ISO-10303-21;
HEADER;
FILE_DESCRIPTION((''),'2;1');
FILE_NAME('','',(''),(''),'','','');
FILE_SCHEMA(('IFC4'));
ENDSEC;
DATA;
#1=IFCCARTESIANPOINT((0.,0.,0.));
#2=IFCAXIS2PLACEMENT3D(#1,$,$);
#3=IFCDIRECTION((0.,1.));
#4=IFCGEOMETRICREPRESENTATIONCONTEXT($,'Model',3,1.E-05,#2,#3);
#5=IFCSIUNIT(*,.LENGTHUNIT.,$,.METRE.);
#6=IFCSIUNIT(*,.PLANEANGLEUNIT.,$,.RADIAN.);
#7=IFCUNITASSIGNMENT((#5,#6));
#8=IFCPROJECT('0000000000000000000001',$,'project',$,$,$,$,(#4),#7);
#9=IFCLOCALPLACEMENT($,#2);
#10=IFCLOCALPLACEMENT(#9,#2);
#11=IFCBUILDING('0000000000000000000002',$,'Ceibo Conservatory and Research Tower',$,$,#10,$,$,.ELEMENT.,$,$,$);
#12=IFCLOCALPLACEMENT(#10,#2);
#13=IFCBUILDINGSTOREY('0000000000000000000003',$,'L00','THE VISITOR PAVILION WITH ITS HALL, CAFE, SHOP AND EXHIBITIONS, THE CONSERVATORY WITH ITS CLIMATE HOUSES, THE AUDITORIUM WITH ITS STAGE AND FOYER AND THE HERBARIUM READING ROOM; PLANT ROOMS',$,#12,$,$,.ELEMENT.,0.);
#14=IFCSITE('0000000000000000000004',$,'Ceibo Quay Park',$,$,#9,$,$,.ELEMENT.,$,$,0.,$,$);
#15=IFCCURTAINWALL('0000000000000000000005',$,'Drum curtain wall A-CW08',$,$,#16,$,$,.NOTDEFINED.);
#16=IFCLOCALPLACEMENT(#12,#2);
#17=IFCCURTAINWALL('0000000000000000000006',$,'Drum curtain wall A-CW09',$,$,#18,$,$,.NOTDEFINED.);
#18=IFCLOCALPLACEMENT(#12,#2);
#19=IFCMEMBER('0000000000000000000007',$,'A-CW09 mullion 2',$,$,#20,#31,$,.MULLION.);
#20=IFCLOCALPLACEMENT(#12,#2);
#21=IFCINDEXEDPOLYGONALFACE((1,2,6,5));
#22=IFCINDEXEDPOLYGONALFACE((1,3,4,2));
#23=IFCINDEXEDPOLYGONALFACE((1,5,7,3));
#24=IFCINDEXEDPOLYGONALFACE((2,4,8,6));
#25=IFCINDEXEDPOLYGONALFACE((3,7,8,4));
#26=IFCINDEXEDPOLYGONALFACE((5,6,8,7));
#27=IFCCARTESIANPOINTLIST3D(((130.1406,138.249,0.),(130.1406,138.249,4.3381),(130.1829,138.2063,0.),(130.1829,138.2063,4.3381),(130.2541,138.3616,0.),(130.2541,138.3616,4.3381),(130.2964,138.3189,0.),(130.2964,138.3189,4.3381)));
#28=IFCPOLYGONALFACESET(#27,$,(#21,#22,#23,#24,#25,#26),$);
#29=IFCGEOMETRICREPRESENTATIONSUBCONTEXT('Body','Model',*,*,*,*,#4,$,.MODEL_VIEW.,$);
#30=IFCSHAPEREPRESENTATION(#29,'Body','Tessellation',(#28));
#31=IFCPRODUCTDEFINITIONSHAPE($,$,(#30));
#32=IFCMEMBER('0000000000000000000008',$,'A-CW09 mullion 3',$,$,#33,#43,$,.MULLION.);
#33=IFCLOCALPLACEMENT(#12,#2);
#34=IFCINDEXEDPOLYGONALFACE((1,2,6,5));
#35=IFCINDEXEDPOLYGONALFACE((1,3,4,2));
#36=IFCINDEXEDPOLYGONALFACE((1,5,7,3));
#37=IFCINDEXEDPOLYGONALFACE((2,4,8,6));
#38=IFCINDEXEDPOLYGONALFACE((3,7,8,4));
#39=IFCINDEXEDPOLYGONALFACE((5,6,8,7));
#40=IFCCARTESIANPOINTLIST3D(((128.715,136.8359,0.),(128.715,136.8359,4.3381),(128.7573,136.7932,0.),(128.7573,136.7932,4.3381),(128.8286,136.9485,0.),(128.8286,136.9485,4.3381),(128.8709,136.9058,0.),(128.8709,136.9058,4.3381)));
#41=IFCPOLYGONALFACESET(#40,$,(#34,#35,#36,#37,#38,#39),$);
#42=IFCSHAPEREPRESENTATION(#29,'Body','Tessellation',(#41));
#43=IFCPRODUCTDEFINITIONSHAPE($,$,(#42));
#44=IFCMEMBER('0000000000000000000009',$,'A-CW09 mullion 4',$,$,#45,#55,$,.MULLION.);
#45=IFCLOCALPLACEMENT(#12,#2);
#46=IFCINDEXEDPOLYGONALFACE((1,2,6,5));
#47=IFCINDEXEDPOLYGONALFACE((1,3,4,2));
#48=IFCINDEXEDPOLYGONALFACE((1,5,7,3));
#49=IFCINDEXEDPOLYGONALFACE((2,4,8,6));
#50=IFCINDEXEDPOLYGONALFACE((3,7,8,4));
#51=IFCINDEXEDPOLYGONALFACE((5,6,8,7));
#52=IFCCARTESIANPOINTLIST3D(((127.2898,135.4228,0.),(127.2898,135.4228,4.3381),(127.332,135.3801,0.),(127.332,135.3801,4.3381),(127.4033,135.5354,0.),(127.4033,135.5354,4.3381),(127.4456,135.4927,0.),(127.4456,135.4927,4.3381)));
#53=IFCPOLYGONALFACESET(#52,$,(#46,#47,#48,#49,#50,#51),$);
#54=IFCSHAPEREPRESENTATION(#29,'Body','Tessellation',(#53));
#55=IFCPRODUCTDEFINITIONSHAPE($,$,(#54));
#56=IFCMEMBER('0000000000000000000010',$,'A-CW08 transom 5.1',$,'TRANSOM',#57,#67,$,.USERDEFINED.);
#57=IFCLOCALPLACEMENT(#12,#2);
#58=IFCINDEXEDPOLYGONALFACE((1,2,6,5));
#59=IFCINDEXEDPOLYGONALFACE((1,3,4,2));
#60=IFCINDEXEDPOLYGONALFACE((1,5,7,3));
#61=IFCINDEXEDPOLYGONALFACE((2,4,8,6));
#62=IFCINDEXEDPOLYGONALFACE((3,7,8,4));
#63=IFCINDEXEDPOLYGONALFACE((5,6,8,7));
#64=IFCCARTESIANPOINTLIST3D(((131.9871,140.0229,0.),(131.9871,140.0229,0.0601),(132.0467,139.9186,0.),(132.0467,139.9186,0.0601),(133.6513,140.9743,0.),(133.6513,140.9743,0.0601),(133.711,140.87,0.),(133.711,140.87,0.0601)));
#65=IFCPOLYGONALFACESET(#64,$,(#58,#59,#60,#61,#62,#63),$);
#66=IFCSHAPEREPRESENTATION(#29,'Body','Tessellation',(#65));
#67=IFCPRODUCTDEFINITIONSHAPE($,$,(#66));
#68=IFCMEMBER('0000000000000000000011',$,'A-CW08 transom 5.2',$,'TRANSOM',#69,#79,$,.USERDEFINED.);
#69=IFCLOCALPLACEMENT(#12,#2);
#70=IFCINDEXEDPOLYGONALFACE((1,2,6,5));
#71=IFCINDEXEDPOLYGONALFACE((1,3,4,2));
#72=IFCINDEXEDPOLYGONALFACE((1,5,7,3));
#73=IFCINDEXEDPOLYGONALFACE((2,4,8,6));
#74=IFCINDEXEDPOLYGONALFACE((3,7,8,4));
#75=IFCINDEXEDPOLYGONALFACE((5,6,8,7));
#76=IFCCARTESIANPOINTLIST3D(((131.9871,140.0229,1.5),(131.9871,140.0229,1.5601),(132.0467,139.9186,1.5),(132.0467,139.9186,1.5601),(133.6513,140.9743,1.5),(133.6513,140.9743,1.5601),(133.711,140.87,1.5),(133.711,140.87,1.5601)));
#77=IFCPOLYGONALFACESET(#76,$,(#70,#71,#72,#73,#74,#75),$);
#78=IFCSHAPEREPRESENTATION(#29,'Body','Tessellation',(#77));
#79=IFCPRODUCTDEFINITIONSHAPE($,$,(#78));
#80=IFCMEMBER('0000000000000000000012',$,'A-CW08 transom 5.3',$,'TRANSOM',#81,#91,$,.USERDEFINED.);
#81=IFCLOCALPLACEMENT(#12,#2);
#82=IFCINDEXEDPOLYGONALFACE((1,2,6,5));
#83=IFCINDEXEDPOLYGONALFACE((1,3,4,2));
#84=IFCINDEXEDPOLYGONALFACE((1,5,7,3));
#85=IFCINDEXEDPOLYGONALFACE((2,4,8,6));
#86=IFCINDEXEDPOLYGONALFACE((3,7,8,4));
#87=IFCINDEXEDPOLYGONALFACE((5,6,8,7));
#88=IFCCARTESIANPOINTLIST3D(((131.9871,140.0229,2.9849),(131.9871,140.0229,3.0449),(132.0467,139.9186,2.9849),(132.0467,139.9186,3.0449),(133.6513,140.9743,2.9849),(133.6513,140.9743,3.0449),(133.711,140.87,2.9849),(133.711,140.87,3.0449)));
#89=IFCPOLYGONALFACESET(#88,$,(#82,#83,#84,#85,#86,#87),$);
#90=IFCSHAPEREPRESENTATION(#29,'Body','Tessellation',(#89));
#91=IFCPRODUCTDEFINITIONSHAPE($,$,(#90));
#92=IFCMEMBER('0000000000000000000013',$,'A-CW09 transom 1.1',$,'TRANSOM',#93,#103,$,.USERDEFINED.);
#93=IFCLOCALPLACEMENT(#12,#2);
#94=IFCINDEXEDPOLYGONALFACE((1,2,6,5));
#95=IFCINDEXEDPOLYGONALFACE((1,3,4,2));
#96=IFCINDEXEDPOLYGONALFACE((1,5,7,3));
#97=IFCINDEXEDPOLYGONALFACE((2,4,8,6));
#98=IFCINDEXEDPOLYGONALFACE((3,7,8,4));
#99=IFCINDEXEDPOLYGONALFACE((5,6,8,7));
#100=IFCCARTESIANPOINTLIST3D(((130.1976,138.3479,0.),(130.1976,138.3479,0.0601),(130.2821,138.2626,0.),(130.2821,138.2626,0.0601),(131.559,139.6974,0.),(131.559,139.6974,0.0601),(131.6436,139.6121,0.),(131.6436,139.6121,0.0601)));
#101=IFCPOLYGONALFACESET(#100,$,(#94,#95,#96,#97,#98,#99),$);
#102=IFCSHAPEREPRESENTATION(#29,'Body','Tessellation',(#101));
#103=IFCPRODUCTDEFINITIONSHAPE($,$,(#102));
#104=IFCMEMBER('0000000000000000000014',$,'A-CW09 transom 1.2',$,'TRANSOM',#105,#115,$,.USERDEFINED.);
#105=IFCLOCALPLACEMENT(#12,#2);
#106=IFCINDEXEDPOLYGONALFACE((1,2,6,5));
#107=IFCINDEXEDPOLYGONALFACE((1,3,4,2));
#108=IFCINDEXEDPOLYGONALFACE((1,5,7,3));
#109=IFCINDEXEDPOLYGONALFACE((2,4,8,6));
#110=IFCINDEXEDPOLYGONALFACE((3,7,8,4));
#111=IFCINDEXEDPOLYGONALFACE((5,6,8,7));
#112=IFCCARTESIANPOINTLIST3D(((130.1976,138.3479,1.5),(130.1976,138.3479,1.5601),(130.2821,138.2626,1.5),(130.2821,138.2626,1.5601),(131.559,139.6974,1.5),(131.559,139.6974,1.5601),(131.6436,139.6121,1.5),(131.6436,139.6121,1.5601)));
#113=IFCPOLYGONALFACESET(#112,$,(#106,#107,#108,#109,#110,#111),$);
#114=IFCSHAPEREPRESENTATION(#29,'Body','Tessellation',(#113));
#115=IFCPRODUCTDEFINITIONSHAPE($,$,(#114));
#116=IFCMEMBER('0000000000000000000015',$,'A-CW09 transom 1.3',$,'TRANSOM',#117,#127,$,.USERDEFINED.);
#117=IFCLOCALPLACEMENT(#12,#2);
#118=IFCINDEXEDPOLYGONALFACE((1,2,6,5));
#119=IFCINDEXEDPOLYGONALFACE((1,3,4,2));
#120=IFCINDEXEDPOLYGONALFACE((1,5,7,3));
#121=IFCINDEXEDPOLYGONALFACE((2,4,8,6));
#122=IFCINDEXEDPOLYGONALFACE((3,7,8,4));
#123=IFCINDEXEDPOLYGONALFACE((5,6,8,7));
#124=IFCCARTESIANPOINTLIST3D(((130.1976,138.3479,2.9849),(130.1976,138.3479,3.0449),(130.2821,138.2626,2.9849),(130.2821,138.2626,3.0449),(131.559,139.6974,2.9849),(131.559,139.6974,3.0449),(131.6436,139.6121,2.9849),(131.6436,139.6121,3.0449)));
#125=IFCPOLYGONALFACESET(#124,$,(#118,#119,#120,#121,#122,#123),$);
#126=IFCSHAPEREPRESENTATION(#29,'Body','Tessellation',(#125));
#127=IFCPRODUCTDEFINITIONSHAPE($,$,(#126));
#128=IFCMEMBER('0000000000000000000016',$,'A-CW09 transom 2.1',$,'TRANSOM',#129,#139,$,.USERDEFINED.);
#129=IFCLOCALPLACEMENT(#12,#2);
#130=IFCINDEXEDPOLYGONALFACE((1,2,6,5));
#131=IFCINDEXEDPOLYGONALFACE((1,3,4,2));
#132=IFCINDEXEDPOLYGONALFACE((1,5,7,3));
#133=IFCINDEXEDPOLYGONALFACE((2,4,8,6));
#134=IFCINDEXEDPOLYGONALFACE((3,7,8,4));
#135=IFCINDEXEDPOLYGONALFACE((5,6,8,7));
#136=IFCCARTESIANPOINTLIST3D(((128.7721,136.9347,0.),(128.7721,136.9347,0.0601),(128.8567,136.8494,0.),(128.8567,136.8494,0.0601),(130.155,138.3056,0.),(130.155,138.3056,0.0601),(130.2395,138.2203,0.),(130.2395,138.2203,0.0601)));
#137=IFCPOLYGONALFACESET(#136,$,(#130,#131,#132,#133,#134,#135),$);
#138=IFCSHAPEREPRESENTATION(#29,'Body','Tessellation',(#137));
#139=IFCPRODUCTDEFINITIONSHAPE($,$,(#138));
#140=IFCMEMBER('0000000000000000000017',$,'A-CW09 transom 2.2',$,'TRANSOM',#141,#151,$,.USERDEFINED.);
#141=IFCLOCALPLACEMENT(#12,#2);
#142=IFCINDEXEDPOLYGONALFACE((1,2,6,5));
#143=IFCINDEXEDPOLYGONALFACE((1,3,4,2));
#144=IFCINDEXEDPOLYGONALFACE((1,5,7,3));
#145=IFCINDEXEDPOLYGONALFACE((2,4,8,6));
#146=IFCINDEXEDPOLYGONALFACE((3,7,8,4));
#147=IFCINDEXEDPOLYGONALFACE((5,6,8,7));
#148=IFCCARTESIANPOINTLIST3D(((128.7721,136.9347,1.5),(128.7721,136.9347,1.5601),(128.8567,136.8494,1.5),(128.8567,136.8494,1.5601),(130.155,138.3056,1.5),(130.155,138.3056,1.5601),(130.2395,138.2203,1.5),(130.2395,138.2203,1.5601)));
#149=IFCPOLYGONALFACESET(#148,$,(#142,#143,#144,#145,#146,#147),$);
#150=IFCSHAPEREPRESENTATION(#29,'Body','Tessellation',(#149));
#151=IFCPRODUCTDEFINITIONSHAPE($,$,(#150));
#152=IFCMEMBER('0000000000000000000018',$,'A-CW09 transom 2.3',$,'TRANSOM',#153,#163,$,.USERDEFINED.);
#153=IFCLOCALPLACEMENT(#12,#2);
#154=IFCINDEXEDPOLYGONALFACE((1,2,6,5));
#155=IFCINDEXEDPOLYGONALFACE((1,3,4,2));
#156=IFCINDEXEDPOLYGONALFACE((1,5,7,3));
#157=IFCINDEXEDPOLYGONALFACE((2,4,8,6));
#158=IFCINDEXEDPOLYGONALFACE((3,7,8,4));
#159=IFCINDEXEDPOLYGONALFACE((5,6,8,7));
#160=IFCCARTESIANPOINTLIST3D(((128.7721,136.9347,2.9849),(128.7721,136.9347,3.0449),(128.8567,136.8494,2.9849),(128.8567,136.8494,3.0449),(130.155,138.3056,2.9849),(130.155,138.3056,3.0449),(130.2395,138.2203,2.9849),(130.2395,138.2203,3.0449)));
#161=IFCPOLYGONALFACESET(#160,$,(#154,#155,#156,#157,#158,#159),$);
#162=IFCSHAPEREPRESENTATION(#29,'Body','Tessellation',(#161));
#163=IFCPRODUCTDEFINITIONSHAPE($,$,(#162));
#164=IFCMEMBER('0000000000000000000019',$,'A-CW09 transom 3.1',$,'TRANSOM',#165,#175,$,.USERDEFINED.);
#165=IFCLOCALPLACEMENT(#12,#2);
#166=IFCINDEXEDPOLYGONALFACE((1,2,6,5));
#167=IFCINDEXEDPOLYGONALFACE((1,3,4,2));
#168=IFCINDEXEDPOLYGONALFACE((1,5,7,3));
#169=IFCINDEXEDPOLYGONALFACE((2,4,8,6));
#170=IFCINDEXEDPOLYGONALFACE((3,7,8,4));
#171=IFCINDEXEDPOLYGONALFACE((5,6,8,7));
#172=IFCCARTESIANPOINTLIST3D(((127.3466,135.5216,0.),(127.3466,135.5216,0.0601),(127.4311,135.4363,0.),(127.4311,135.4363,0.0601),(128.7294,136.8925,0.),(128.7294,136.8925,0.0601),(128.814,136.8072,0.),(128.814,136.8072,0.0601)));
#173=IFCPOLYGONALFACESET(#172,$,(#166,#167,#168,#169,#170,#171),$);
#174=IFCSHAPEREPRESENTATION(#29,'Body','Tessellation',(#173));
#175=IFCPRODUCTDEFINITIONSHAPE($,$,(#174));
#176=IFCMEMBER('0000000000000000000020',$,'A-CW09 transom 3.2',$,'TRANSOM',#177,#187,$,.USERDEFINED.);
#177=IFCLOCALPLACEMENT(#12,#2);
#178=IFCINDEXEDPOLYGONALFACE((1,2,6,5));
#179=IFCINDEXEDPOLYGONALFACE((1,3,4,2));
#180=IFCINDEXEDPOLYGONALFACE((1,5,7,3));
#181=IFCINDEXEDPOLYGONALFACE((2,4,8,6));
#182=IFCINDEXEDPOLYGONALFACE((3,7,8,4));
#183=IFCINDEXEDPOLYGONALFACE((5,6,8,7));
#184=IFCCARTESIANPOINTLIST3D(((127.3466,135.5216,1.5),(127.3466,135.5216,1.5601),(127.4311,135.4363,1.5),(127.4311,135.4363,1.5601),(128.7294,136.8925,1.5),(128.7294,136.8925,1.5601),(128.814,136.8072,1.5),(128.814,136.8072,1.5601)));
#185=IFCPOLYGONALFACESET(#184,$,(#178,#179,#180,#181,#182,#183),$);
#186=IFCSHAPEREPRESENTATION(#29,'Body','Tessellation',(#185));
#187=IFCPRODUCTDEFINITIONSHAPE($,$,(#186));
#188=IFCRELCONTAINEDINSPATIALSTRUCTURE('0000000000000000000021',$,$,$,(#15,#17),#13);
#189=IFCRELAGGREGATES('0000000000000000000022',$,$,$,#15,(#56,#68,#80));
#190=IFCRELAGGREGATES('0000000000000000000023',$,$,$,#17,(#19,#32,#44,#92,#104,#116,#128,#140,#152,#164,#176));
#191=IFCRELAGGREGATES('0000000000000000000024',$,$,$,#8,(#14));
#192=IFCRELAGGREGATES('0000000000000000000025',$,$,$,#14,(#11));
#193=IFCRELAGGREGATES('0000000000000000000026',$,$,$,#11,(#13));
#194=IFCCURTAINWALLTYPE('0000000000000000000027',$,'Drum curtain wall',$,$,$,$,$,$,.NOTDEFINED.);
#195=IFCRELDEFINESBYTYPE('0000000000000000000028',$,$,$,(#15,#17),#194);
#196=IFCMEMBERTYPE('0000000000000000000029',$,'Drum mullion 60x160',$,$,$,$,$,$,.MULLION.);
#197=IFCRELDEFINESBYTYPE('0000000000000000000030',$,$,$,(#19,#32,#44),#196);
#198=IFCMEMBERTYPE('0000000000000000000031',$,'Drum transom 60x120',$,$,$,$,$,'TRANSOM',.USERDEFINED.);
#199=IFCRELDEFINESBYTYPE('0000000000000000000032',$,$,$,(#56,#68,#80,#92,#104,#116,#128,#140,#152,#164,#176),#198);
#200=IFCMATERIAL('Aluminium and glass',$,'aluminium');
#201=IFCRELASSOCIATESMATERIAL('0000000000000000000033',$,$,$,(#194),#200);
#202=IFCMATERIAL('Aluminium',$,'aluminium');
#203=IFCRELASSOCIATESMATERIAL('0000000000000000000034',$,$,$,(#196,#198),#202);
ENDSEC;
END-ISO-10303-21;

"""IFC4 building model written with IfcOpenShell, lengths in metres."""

from ifc_helpers import new_model, si_unit, direction, frame, origin, origin_2d, place, context, subcontext, project, spatial, rectangle, extrude, material, material_profile, profile_set, type_object, element, aggregate, save


model = new_model("IFC4")

# Units and contexts
model_context = context("Model", 3, precision=1e-05, world=origin(), true_north=direction((0.0, 1.0)))
body_context = subcontext(model_context, "Body", "Model", "MODEL_VIEW")
ifc_project = project(units=[si_unit("LENGTHUNIT", "METRE"), si_unit("PLANEANGLEUNIT", "RADIAN")], contexts=[model_context])

# Site, building, storey
site_placement = place(None, origin())
site = spatial("IfcSite", under=ifc_project, at=site_placement, Name="Ceibo Quay Park", CompositionType="ELEMENT", RefElevation=0.0)
building_placement = place(site_placement, origin())
building = spatial("IfcBuilding", under=site, at=building_placement, Name="Ceibo Conservatory and Research Tower", CompositionType="ELEMENT")
storey_placement = place(building_placement, origin())
storey = spatial("IfcBuildingStorey", under=building, at=storey_placement, Name="L00", Description="THE VISITOR PAVILION WITH ITS HALL, CAFE, SHOP AND EXHIBITIONS, THE CONSERVATORY WITH ITS CLIMATE HOUSES, THE AUDITORIUM WITH ITS STAGE AND FOYER AND THE HERBARIUM READING ROOM; PLANT ROOMS", CompositionType="ELEMENT", Elevation=0.0)

# Curtain walls, members
ifc_material_1 = material(Name="Aluminium and glass", Category="aluminium")
curtain_wall_type = type_object("IfcCurtainWallType", Name="Drum curtain wall", PredefinedType="NOTDEFINED", material=ifc_material_1)
curtain_wall_1_placement = place(storey_placement, origin())
curtain_wall_1 = element("IfcCurtainWall", 1, at=curtain_wall_1_placement, inside=storey, type_object=curtain_wall_type, Name="Drum curtain wall A-CW08", PredefinedType="NOTDEFINED")
ifc_material_2 = material(Name="Aluminium", Category="aluminium")
ifc_material_profile_1 = material_profile(ifc_material_2, rectangle(XDim=0.0601, YDim=0.1599, at=origin_2d()), Name="AL 60x160")
ifc_profile_set_1 = profile_set([ifc_material_profile_1], Name="Aluminium")
member_type_1 = type_object("IfcMemberType", Name="Drum mullion 60x160", PredefinedType="MULLION", material=ifc_profile_set_1)
curtain_wall_2_placement = place(storey_placement, origin())
curtain_wall_2 = element("IfcCurtainWall", 2, at=curtain_wall_2_placement, inside=storey, type_object=curtain_wall_type, Name="Drum curtain wall A-CW09", PredefinedType="NOTDEFINED")
member_1_placement = place(storey_placement, frame((130.2185, 138.2839, 0.0), z_axis=(0.0, 0.0, 1.0), x_axis=(0.704015, -0.710185, 0.0)))
member_1 = element("IfcMember", 3, at=member_1_placement, type_object=member_type_1, Name="A-CW09 mullion 2", PredefinedType="MULLION", context=body_context, shape_type="SweptSolid", body=[
    extrude(rectangle(XDim=0.0601, YDim=0.1599, at=origin_2d()), origin(), (0.0, 0.0, 1.0), 4.3381),
])
member_2_placement = place(storey_placement, frame((128.793, 136.8708, 0.0), z_axis=(0.0, 0.0, 1.0), x_axis=(0.704015, -0.710185, 0.0)))
member_2 = element("IfcMember", 4, at=member_2_placement, type_object=member_type_1, Name="A-CW09 mullion 3", PredefinedType="MULLION", context=body_context, shape_type="SweptSolid", body=[
    extrude(rectangle(XDim=0.0601, YDim=0.1599, at=origin_2d()), origin(), (0.0, 0.0, 1.0), 4.3381),
])
member_3_placement = place(storey_placement, frame((127.3677, 135.4578, 0.0), z_axis=(0.0, 0.0, 1.0), x_axis=(0.704015, -0.710185, 0.0)))
member_3 = element("IfcMember", 5, at=member_3_placement, type_object=member_type_1, Name="A-CW09 mullion 4", PredefinedType="MULLION", context=body_context, shape_type="SweptSolid", body=[
    extrude(rectangle(XDim=0.0601, YDim=0.1599, at=origin_2d()), origin(), (0.0, 0.0, 1.0), 4.3381),
])

# Members
ifc_material_profile_2 = material_profile(ifc_material_2, rectangle(XDim=0.1201, YDim=0.0601, at=origin_2d()), Name="AL 60x120")
ifc_profile_set_2 = profile_set([ifc_material_profile_2], Name="Aluminium")
member_type_2 = type_object("IfcMemberType", Name="Drum transom 60x120", ElementType="TRANSOM", PredefinedType="USERDEFINED", material=ifc_profile_set_2)
member_4_placement = place(storey_placement, frame((133.6812, 140.9221, 0.03), z_axis=(-0.868157, -0.49629, 0.0), x_axis=(0.49629, -0.868157, 0.0)))
member_4 = element("IfcMember", 6, at=member_4_placement, type_object=member_type_2, Name="A-CW08 transom 5.1", ObjectType="TRANSOM", PredefinedType="USERDEFINED", context=body_context, shape_type="SweptSolid", body=[
    extrude(rectangle(XDim=0.1201, YDim=0.0601, at=origin_2d()), origin(), (0.0, 0.0, 1.0), 1.917),
])
member_5_placement = place(storey_placement, frame((133.6812, 140.9221, 1.53), z_axis=(-0.868157, -0.49629, 0.0), x_axis=(0.49629, -0.868157, 0.0)))
member_5 = element("IfcMember", 7, at=member_5_placement, type_object=member_type_2, Name="A-CW08 transom 5.2", ObjectType="TRANSOM", PredefinedType="USERDEFINED", context=body_context, shape_type="SweptSolid", body=[
    extrude(rectangle(XDim=0.1201, YDim=0.0601, at=origin_2d()), origin(), (0.0, 0.0, 1.0), 1.917),
])
member_6_placement = place(storey_placement, frame((133.6812, 140.9221, 3.0149), z_axis=(-0.868157, -0.49629, 0.0), x_axis=(0.49629, -0.868157, 0.0)))
member_6 = element("IfcMember", 8, at=member_6_placement, type_object=member_type_2, Name="A-CW08 transom 5.3", ObjectType="TRANSOM", PredefinedType="USERDEFINED", context=body_context, shape_type="SweptSolid", body=[
    extrude(rectangle(XDim=0.1201, YDim=0.0601, at=origin_2d()), origin(), (0.0, 0.0, 1.0), 1.917),
])
member_7_placement = place(storey_placement, frame((131.6013, 139.6548, 0.03), z_axis=(-0.71022, -0.70398, 0.0), x_axis=(0.70398, -0.71022, 0.0)))
member_7 = element("IfcMember", 9, at=member_7_placement, type_object=member_type_2, Name="A-CW09 transom 1.1", ObjectType="TRANSOM", PredefinedType="USERDEFINED", context=body_context, shape_type="SweptSolid", body=[
    extrude(rectangle(XDim=0.1201, YDim=0.0601, at=origin_2d()), origin(), (0.0, 0.0, 1.0), 1.917),
])
member_8_placement = place(storey_placement, frame((131.6013, 139.6548, 1.53), z_axis=(-0.71022, -0.70398, 0.0), x_axis=(0.70398, -0.71022, 0.0)))
member_8 = element("IfcMember", 10, at=member_8_placement, type_object=member_type_2, Name="A-CW09 transom 1.2", ObjectType="TRANSOM", PredefinedType="USERDEFINED", context=body_context, shape_type="SweptSolid", body=[
    extrude(rectangle(XDim=0.1201, YDim=0.0601, at=origin_2d()), origin(), (0.0, 0.0, 1.0), 1.917),
])
member_9_placement = place(storey_placement, frame((131.6013, 139.6548, 3.0149), z_axis=(-0.71022, -0.70398, 0.0), x_axis=(0.70398, -0.71022, 0.0)))
member_9 = element("IfcMember", 11, at=member_9_placement, type_object=member_type_2, Name="A-CW09 transom 1.3", ObjectType="TRANSOM", PredefinedType="USERDEFINED", context=body_context, shape_type="SweptSolid", body=[
    extrude(rectangle(XDim=0.1201, YDim=0.0601, at=origin_2d()), origin(), (0.0, 0.0, 1.0), 1.917),
])
member_10_placement = place(storey_placement, frame((130.1973, 138.2629, 0.03), z_axis=(-0.710172, -0.704028, 0.0), x_axis=(0.704028, -0.710172, 0.0)))
member_10 = element("IfcMember", 12, at=member_10_placement, type_object=member_type_2, Name="A-CW09 transom 2.1", ObjectType="TRANSOM", PredefinedType="USERDEFINED", context=body_context, shape_type="SweptSolid", body=[
    extrude(rectangle(XDim=0.1201, YDim=0.0601, at=origin_2d()), origin(), (0.0, 0.0, 1.0), 1.9473),
])
member_11_placement = place(storey_placement, frame((130.1973, 138.2629, 1.53), z_axis=(-0.710172, -0.704028, 0.0), x_axis=(0.704028, -0.710172, 0.0)))
member_11 = element("IfcMember", 13, at=member_11_placement, type_object=member_type_2, Name="A-CW09 transom 2.2", ObjectType="TRANSOM", PredefinedType="USERDEFINED", context=body_context, shape_type="SweptSolid", body=[
    extrude(rectangle(XDim=0.1201, YDim=0.0601, at=origin_2d()), origin(), (0.0, 0.0, 1.0), 1.9473),
])
member_12_placement = place(storey_placement, frame((130.1973, 138.2629, 3.0149), z_axis=(-0.710172, -0.704028, 0.0), x_axis=(0.704028, -0.710172, 0.0)))
member_12 = element("IfcMember", 14, at=member_12_placement, type_object=member_type_2, Name="A-CW09 transom 2.3", ObjectType="TRANSOM", PredefinedType="USERDEFINED", context=body_context, shape_type="SweptSolid", body=[
    extrude(rectangle(XDim=0.1201, YDim=0.0601, at=origin_2d()), origin(), (0.0, 0.0, 1.0), 1.9473),
])
member_13_placement = place(storey_placement, frame((128.7717, 136.8499, 0.03), z_axis=(-0.710172, -0.704028, 0.0), x_axis=(0.704028, -0.710172, 0.0)))
member_13 = element("IfcMember", 15, at=member_13_placement, type_object=member_type_2, Name="A-CW09 transom 3.1", ObjectType="TRANSOM", PredefinedType="USERDEFINED", context=body_context, shape_type="SweptSolid", body=[
    extrude(rectangle(XDim=0.1201, YDim=0.0601, at=origin_2d()), origin(), (0.0, 0.0, 1.0), 1.9473),
])
member_14_placement = place(storey_placement, frame((128.7717, 136.8499, 1.53), z_axis=(-0.710172, -0.704028, 0.0), x_axis=(0.704028, -0.710172, 0.0)))
member_14 = element("IfcMember", 16, at=member_14_placement, type_object=member_type_2, Name="A-CW09 transom 3.2", ObjectType="TRANSOM", PredefinedType="USERDEFINED", context=body_context, shape_type="SweptSolid", body=[
    extrude(rectangle(XDim=0.1201, YDim=0.0601, at=origin_2d()), origin(), (0.0, 0.0, 1.0), 1.9473),
])

aggregate(curtain_wall_1, [member_4, member_5, member_6])
aggregate(curtain_wall_2, [member_1, member_2, member_3, member_7, member_8, member_9, member_10, member_11, member_12, member_13, member_14])

save(model, "model.ifc")
